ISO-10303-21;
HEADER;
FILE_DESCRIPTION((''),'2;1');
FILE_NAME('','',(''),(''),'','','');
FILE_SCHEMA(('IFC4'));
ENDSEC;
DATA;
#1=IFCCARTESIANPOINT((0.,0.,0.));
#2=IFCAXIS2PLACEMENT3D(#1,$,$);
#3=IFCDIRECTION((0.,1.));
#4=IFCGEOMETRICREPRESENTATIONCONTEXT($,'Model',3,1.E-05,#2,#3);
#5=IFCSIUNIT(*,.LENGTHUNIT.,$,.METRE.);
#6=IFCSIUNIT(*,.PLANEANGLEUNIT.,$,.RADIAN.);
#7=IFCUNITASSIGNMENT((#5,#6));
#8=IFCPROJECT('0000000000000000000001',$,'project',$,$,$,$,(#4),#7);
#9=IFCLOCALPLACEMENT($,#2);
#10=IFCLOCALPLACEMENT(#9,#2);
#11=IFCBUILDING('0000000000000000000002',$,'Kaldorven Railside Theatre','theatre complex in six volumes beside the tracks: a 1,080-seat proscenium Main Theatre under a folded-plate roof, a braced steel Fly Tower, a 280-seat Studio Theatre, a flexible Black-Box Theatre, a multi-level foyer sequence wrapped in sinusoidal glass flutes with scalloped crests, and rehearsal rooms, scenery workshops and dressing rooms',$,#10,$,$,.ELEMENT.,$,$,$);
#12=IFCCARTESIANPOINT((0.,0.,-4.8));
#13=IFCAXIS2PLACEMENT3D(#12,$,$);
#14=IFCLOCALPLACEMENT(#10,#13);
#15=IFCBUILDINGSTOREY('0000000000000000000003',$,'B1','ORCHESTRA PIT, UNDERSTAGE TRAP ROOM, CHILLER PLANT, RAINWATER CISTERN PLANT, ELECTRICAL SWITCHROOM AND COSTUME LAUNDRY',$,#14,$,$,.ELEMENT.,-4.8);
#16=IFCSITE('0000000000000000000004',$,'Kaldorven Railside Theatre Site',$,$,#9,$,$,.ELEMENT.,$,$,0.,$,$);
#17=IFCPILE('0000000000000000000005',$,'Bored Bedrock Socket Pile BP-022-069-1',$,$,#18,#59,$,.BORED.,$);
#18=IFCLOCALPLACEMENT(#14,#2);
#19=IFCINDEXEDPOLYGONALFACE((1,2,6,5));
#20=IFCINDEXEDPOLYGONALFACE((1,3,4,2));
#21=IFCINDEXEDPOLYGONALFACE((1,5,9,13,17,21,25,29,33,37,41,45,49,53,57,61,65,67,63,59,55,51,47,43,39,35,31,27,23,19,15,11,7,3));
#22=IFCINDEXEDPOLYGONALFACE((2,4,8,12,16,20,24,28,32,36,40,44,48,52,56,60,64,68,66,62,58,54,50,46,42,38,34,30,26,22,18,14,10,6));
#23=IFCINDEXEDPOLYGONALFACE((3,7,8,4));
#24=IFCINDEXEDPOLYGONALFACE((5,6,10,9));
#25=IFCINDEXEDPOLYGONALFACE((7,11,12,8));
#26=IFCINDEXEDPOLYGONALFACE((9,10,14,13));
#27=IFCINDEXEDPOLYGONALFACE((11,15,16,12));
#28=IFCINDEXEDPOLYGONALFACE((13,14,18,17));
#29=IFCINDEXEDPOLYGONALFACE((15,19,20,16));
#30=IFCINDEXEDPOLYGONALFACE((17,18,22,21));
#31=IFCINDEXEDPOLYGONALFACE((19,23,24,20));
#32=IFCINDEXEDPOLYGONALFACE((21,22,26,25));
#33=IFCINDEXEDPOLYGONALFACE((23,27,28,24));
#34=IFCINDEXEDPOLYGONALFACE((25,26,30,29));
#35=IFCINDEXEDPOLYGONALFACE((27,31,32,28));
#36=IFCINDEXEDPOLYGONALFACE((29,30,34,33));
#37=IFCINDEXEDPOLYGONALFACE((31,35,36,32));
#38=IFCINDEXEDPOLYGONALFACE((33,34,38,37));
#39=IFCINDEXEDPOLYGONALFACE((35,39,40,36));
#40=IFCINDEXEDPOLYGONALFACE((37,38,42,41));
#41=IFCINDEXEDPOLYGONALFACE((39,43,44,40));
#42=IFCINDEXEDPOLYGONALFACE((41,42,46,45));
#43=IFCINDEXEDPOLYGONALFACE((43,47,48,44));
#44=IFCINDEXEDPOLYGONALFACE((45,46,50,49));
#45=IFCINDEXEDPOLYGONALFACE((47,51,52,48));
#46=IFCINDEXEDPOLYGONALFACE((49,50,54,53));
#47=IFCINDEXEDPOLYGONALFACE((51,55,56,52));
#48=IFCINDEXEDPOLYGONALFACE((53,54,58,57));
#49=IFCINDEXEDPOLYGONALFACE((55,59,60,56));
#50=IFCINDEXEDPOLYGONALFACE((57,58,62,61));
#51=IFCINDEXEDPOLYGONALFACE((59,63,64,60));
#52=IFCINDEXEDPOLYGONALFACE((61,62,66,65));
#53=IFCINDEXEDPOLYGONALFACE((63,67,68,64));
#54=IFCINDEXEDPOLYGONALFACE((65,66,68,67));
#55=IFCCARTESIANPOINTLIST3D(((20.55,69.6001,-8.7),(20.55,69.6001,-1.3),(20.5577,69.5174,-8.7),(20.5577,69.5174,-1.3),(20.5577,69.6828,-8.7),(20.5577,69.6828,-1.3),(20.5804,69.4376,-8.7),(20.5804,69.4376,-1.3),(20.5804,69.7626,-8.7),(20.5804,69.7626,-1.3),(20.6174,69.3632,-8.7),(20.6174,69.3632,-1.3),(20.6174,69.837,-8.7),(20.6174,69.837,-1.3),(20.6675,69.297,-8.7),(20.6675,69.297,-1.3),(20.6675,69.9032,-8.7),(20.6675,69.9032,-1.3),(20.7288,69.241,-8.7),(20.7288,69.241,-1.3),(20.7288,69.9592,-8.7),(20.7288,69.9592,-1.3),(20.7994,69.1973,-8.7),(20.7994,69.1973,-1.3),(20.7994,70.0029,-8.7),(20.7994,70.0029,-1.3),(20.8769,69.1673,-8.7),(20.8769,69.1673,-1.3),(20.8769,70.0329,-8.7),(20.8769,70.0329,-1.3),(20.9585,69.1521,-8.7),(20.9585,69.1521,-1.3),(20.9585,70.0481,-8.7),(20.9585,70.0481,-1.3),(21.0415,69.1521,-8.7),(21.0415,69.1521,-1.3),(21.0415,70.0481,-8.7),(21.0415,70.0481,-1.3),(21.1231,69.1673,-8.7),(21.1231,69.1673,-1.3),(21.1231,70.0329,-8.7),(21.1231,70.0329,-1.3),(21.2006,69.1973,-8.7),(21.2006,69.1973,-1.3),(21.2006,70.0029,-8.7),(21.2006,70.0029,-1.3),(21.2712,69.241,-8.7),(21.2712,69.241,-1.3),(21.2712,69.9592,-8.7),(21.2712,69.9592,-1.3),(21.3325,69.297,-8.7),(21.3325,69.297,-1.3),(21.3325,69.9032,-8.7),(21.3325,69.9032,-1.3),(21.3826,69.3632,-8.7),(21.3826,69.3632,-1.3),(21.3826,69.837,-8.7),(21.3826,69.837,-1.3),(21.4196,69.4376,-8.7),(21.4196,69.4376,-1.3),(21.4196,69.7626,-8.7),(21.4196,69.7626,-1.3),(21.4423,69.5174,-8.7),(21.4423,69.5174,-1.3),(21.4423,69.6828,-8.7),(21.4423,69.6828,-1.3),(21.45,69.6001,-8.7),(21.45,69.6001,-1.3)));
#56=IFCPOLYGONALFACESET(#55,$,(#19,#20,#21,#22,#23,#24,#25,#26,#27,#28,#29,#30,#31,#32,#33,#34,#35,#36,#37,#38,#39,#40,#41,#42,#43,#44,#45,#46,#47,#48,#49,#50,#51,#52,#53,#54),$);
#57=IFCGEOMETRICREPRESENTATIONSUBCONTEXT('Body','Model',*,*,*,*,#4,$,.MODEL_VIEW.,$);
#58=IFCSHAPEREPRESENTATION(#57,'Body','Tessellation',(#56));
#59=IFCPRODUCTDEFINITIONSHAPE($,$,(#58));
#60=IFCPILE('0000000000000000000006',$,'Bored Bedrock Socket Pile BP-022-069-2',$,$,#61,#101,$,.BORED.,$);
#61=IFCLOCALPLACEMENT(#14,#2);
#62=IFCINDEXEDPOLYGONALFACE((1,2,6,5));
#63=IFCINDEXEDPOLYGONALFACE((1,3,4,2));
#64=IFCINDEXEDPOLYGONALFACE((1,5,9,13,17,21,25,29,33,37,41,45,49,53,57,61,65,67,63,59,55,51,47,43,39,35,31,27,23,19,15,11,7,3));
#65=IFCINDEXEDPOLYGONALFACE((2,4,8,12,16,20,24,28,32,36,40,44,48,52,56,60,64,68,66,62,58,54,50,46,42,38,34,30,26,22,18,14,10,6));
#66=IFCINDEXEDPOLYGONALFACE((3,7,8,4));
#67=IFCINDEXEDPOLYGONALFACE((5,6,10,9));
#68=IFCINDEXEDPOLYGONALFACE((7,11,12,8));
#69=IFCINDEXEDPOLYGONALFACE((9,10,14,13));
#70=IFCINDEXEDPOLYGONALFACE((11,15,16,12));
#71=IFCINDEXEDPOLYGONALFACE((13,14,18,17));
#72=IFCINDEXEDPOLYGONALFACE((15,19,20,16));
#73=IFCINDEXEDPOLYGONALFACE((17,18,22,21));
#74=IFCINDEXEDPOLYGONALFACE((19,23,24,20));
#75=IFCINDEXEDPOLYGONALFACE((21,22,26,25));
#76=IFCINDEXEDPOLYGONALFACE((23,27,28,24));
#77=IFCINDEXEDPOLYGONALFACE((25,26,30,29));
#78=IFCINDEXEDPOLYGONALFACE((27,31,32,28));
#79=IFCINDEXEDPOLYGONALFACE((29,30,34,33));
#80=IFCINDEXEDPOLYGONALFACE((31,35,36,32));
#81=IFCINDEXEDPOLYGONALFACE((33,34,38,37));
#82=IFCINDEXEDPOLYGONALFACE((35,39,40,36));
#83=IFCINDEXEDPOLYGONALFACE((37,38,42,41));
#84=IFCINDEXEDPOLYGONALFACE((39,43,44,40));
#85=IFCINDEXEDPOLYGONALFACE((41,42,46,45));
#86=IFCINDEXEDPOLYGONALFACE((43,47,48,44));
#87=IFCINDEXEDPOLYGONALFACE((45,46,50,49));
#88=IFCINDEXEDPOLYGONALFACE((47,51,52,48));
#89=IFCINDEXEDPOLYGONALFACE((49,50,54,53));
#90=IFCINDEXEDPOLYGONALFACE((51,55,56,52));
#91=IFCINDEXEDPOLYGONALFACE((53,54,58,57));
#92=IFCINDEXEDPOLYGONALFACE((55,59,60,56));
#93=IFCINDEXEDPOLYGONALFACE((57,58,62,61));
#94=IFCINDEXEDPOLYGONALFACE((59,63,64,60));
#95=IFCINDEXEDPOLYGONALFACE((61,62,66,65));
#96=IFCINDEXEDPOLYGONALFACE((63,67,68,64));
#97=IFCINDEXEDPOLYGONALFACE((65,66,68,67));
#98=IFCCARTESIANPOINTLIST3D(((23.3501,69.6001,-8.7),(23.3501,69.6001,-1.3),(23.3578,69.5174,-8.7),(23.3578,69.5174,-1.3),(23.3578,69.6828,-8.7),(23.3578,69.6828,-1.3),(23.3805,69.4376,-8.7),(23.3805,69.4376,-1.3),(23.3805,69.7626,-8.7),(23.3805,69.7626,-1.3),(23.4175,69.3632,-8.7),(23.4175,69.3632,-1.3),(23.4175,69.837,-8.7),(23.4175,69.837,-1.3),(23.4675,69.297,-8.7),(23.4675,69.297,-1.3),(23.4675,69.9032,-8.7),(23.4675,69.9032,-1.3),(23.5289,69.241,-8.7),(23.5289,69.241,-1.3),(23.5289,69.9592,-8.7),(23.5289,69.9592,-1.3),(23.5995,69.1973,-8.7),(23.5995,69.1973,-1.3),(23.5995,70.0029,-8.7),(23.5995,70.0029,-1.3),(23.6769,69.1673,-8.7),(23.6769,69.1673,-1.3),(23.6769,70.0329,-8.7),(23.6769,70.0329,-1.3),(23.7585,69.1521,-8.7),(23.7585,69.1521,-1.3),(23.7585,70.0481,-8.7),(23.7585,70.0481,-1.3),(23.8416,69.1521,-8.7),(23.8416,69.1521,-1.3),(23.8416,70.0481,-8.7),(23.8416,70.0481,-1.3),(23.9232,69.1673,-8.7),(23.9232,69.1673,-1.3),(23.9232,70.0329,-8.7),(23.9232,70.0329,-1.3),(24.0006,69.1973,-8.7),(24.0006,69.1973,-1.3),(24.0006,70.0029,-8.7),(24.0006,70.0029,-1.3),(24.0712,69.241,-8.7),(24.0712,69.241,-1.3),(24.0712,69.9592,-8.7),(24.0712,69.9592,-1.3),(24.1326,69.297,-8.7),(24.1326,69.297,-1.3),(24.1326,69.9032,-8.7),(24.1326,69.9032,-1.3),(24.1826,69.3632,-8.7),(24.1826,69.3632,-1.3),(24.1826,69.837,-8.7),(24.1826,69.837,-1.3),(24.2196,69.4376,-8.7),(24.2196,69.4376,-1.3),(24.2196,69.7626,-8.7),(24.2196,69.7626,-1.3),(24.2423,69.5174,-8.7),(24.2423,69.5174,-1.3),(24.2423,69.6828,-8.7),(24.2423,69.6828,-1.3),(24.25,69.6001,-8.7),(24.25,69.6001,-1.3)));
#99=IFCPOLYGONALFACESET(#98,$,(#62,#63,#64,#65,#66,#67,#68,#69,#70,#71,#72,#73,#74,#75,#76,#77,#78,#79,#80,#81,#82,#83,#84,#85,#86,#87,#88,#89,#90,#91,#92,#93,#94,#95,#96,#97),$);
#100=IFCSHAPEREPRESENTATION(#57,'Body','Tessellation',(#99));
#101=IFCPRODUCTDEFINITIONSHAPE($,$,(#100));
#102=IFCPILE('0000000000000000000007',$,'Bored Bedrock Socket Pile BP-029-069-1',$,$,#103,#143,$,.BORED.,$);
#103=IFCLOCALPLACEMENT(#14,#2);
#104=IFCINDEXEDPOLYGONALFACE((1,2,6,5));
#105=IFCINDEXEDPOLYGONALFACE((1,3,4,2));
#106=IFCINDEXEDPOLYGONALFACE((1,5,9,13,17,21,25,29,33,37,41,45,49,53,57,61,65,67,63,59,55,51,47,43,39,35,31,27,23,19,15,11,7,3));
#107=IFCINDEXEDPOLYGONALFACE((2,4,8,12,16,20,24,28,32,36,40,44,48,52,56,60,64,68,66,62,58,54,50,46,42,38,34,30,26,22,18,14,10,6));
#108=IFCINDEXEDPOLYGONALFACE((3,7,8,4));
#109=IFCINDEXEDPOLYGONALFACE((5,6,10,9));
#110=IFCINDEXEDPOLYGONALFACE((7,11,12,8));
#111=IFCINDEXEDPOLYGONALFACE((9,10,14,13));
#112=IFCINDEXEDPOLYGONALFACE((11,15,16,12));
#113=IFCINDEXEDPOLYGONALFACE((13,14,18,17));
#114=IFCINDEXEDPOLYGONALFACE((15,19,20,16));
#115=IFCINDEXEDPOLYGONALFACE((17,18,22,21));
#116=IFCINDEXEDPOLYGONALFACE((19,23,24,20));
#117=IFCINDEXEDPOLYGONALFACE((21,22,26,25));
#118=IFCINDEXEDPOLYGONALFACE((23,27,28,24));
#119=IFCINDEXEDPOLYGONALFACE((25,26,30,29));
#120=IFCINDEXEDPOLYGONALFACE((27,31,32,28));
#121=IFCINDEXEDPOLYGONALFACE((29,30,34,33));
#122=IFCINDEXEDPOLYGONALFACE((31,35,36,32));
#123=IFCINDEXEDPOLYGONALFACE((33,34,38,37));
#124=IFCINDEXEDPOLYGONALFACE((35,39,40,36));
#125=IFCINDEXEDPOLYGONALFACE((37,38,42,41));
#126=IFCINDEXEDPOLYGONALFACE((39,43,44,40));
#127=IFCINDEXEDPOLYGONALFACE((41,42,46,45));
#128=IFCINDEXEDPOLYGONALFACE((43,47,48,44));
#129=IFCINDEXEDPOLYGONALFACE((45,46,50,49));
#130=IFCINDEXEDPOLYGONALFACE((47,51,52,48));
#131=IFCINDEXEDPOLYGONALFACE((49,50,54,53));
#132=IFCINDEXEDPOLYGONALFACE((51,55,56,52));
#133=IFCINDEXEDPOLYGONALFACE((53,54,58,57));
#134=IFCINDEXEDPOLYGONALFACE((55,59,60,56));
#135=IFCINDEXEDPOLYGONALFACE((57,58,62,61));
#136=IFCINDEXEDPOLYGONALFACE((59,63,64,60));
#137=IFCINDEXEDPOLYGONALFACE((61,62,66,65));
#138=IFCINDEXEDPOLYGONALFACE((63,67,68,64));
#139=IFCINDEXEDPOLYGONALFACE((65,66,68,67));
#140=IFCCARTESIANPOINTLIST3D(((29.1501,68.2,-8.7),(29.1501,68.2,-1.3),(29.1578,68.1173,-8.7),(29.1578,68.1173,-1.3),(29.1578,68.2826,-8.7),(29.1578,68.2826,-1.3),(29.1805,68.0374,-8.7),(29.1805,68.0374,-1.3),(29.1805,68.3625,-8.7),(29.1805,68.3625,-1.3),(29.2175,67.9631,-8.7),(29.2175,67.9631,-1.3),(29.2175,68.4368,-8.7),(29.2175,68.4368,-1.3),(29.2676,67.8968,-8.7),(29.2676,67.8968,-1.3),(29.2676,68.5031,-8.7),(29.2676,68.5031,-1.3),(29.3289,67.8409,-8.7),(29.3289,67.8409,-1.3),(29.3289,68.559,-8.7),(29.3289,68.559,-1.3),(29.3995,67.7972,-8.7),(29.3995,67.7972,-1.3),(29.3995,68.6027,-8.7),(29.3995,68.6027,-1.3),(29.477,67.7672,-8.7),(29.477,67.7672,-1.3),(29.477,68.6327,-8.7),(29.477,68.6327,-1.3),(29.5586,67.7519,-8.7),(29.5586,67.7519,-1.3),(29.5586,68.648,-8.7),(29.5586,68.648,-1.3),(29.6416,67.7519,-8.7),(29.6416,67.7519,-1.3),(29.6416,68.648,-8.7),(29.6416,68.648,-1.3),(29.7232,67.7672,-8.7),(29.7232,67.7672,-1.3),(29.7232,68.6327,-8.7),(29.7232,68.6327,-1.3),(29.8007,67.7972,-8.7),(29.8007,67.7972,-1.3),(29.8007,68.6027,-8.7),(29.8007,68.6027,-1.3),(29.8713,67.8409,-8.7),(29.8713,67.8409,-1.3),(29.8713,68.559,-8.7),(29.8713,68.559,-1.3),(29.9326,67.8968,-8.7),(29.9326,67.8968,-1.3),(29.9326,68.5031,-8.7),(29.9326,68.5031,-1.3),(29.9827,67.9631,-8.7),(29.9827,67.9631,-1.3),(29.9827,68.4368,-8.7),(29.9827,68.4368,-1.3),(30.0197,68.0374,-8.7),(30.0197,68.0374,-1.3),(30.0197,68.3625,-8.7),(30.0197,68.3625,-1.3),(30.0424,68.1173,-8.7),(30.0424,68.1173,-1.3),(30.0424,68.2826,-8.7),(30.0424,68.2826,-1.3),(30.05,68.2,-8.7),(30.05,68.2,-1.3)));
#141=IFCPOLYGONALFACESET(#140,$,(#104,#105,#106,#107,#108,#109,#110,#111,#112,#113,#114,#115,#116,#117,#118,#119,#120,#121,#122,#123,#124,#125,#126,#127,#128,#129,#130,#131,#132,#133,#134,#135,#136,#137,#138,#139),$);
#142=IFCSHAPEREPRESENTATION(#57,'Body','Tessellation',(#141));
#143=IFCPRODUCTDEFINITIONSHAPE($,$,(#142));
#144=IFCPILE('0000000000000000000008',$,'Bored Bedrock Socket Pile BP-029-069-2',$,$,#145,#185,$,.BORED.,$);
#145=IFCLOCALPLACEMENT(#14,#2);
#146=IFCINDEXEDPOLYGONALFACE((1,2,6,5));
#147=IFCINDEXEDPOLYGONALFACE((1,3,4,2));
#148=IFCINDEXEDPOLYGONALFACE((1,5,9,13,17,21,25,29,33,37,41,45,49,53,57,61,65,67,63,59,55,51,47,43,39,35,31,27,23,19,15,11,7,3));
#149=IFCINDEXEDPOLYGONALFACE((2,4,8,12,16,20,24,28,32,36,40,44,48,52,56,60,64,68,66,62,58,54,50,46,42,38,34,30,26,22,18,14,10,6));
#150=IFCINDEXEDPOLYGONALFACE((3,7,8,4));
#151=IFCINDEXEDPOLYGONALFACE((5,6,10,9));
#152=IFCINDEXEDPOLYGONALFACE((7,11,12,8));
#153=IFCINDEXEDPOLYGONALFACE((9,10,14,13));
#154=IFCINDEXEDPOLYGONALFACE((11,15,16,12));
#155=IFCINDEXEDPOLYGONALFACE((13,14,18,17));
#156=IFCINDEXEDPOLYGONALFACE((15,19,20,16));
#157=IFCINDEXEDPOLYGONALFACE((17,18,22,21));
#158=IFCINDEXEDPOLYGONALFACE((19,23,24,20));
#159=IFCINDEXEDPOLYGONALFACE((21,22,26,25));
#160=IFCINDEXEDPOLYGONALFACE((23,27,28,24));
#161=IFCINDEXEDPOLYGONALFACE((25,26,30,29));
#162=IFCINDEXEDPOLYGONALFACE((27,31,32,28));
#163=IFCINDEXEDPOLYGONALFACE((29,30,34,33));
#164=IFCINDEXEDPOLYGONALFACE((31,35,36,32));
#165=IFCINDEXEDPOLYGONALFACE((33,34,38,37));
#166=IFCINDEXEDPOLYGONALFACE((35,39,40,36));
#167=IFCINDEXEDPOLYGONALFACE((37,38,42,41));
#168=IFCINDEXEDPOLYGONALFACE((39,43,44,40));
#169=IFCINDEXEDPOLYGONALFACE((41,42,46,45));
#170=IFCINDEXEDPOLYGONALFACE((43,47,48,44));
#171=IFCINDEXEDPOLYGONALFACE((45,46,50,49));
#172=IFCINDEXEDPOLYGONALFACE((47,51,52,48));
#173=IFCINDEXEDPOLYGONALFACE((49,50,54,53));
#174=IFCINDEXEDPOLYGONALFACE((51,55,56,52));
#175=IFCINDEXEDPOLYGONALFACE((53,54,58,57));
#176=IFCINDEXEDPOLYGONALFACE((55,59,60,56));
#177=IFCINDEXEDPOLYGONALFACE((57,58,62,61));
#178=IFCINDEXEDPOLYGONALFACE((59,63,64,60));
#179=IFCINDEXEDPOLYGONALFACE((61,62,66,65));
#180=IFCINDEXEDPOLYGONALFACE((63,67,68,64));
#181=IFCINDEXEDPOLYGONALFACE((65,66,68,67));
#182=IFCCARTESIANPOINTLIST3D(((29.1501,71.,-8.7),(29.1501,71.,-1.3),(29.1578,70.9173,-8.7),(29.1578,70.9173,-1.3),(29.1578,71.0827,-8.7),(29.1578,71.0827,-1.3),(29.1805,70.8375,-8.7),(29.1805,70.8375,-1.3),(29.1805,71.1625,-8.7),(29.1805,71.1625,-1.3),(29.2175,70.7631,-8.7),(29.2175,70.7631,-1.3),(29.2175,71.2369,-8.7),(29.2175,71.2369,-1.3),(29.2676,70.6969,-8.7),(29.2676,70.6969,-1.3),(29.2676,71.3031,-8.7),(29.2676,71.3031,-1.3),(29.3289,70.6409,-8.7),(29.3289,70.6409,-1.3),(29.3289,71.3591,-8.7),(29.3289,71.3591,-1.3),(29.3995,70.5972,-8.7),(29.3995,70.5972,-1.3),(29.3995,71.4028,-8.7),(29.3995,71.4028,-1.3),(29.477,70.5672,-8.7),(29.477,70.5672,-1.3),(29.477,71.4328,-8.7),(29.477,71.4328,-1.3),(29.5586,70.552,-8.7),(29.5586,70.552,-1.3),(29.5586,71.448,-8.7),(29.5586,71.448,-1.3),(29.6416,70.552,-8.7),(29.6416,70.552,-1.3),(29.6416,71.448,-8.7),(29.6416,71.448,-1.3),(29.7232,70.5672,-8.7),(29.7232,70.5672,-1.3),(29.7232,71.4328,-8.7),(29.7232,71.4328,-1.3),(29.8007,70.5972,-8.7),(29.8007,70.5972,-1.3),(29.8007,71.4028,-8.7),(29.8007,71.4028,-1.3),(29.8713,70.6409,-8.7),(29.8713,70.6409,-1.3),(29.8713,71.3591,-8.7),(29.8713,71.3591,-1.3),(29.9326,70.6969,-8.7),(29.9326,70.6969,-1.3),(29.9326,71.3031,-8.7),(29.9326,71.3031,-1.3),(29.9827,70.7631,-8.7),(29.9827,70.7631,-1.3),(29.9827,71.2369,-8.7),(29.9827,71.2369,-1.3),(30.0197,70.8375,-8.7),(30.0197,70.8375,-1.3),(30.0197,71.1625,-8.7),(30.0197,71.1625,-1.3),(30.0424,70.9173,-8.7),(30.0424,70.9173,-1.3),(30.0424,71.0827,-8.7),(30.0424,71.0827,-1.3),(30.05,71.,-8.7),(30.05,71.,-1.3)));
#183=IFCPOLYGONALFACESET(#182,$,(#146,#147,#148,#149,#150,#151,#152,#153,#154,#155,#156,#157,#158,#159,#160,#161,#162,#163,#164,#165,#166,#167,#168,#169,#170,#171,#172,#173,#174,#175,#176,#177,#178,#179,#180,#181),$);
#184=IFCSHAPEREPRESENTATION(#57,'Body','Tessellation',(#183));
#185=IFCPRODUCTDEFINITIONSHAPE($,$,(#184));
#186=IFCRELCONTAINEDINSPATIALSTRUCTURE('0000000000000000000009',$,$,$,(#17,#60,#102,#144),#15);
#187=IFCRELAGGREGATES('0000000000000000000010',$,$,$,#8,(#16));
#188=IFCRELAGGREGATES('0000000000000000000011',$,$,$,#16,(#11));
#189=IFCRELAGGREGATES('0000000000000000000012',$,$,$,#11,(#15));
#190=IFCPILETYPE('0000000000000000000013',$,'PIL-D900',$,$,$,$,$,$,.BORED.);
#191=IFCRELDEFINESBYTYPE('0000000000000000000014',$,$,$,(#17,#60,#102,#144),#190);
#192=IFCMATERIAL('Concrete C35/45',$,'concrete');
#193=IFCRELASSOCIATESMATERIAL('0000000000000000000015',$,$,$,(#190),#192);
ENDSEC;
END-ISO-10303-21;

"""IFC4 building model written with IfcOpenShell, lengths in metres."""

from ifc_helpers import new_model, si_unit, direction, frame, origin, origin_2d, place, context, subcontext, project, spatial, circle, extrude, material, material_profile, profile_set, type_object, element, save


model = new_model("IFC4")

# Units and contexts
model_context = context("Model", 3, precision=1e-05, world=origin(), true_north=direction((0.0, 1.0)))
body_context = subcontext(model_context, "Body", "Model", "MODEL_VIEW")
ifc_project = project(units=[si_unit("LENGTHUNIT", "METRE"), si_unit("PLANEANGLEUNIT", "RADIAN")], contexts=[model_context])

# Site, building, storey
site_placement = place(None, origin())
site = spatial("IfcSite", under=ifc_project, at=site_placement, Name="Kaldorven Railside Theatre Site", CompositionType="ELEMENT", RefElevation=0.0)
building_placement = place(site_placement, origin())
building = spatial("IfcBuilding", under=site, at=building_placement, Name="Kaldorven Railside Theatre", Description="theatre complex in six volumes beside the tracks: a 1,080-seat proscenium Main Theatre under a folded-plate roof, a braced steel Fly Tower, a 280-seat Studio Theatre, a flexible Black-Box Theatre, a multi-level foyer sequence wrapped in sinusoidal glass flutes with scalloped crests, and rehearsal rooms, scenery workshops and dressing rooms", CompositionType="ELEMENT")
storey_placement = place(building_placement, frame((0.0, 0.0, -4.8)))
storey = spatial("IfcBuildingStorey", under=building, at=storey_placement, Name="B1", Description="ORCHESTRA PIT, UNDERSTAGE TRAP ROOM, CHILLER PLANT, RAINWATER CISTERN PLANT, ELECTRICAL SWITCHROOM AND COSTUME LAUNDRY", CompositionType="ELEMENT", Elevation=-4.8)

# Piles
ifc_material_1 = material(Name="Concrete C35/45", Category="concrete")
ifc_material_profile_1 = material_profile(ifc_material_1, circle(Radius=0.45, at=origin_2d()), Name="BP D900")
ifc_profile_set_1 = profile_set([ifc_material_profile_1], Name="Concrete C35/45")
pile_type_1 = type_object("IfcPileType", Name="PIL-D900", PredefinedType="BORED", material=ifc_profile_set_1)
for number, where, z_axis, x_axis, name in (
    (1, (21.0, 69.6001, -1.3), (0.0, 0.0, -1.0), (1.0, 0.0, 0.0), "Bored Bedrock Socket Pile BP-022-069-1"),
    (2, (23.8, 69.6001, -1.3), (0.0, 0.0, -1.0), (1.0, 0.0, 0.0), "Bored Bedrock Socket Pile BP-022-069-2"),
    (3, (29.6001, 68.2, -1.3), (0.0, 0.0, -1.0), (1.0, 0.0, 0.0), "Bored Bedrock Socket Pile BP-029-069-1"),
    (4, (29.6001, 71.0, -1.3), (0.0, 0.0, -1.0), (1.0, 0.0, 0.0), "Bored Bedrock Socket Pile BP-029-069-2"),
):
    element("IfcPile", number, at=place(storey_placement, frame(where, z_axis=z_axis, x_axis=x_axis)), inside=storey, type_object=pile_type_1, Name=name, PredefinedType="BORED", context=body_context, shape_type="SweptSolid", body=[
        extrude(circle(Radius=0.45, at=origin_2d()), origin(), (0.0, 0.0, 1.0), 7.3999),
    ])

save(model, "model.ifc")
